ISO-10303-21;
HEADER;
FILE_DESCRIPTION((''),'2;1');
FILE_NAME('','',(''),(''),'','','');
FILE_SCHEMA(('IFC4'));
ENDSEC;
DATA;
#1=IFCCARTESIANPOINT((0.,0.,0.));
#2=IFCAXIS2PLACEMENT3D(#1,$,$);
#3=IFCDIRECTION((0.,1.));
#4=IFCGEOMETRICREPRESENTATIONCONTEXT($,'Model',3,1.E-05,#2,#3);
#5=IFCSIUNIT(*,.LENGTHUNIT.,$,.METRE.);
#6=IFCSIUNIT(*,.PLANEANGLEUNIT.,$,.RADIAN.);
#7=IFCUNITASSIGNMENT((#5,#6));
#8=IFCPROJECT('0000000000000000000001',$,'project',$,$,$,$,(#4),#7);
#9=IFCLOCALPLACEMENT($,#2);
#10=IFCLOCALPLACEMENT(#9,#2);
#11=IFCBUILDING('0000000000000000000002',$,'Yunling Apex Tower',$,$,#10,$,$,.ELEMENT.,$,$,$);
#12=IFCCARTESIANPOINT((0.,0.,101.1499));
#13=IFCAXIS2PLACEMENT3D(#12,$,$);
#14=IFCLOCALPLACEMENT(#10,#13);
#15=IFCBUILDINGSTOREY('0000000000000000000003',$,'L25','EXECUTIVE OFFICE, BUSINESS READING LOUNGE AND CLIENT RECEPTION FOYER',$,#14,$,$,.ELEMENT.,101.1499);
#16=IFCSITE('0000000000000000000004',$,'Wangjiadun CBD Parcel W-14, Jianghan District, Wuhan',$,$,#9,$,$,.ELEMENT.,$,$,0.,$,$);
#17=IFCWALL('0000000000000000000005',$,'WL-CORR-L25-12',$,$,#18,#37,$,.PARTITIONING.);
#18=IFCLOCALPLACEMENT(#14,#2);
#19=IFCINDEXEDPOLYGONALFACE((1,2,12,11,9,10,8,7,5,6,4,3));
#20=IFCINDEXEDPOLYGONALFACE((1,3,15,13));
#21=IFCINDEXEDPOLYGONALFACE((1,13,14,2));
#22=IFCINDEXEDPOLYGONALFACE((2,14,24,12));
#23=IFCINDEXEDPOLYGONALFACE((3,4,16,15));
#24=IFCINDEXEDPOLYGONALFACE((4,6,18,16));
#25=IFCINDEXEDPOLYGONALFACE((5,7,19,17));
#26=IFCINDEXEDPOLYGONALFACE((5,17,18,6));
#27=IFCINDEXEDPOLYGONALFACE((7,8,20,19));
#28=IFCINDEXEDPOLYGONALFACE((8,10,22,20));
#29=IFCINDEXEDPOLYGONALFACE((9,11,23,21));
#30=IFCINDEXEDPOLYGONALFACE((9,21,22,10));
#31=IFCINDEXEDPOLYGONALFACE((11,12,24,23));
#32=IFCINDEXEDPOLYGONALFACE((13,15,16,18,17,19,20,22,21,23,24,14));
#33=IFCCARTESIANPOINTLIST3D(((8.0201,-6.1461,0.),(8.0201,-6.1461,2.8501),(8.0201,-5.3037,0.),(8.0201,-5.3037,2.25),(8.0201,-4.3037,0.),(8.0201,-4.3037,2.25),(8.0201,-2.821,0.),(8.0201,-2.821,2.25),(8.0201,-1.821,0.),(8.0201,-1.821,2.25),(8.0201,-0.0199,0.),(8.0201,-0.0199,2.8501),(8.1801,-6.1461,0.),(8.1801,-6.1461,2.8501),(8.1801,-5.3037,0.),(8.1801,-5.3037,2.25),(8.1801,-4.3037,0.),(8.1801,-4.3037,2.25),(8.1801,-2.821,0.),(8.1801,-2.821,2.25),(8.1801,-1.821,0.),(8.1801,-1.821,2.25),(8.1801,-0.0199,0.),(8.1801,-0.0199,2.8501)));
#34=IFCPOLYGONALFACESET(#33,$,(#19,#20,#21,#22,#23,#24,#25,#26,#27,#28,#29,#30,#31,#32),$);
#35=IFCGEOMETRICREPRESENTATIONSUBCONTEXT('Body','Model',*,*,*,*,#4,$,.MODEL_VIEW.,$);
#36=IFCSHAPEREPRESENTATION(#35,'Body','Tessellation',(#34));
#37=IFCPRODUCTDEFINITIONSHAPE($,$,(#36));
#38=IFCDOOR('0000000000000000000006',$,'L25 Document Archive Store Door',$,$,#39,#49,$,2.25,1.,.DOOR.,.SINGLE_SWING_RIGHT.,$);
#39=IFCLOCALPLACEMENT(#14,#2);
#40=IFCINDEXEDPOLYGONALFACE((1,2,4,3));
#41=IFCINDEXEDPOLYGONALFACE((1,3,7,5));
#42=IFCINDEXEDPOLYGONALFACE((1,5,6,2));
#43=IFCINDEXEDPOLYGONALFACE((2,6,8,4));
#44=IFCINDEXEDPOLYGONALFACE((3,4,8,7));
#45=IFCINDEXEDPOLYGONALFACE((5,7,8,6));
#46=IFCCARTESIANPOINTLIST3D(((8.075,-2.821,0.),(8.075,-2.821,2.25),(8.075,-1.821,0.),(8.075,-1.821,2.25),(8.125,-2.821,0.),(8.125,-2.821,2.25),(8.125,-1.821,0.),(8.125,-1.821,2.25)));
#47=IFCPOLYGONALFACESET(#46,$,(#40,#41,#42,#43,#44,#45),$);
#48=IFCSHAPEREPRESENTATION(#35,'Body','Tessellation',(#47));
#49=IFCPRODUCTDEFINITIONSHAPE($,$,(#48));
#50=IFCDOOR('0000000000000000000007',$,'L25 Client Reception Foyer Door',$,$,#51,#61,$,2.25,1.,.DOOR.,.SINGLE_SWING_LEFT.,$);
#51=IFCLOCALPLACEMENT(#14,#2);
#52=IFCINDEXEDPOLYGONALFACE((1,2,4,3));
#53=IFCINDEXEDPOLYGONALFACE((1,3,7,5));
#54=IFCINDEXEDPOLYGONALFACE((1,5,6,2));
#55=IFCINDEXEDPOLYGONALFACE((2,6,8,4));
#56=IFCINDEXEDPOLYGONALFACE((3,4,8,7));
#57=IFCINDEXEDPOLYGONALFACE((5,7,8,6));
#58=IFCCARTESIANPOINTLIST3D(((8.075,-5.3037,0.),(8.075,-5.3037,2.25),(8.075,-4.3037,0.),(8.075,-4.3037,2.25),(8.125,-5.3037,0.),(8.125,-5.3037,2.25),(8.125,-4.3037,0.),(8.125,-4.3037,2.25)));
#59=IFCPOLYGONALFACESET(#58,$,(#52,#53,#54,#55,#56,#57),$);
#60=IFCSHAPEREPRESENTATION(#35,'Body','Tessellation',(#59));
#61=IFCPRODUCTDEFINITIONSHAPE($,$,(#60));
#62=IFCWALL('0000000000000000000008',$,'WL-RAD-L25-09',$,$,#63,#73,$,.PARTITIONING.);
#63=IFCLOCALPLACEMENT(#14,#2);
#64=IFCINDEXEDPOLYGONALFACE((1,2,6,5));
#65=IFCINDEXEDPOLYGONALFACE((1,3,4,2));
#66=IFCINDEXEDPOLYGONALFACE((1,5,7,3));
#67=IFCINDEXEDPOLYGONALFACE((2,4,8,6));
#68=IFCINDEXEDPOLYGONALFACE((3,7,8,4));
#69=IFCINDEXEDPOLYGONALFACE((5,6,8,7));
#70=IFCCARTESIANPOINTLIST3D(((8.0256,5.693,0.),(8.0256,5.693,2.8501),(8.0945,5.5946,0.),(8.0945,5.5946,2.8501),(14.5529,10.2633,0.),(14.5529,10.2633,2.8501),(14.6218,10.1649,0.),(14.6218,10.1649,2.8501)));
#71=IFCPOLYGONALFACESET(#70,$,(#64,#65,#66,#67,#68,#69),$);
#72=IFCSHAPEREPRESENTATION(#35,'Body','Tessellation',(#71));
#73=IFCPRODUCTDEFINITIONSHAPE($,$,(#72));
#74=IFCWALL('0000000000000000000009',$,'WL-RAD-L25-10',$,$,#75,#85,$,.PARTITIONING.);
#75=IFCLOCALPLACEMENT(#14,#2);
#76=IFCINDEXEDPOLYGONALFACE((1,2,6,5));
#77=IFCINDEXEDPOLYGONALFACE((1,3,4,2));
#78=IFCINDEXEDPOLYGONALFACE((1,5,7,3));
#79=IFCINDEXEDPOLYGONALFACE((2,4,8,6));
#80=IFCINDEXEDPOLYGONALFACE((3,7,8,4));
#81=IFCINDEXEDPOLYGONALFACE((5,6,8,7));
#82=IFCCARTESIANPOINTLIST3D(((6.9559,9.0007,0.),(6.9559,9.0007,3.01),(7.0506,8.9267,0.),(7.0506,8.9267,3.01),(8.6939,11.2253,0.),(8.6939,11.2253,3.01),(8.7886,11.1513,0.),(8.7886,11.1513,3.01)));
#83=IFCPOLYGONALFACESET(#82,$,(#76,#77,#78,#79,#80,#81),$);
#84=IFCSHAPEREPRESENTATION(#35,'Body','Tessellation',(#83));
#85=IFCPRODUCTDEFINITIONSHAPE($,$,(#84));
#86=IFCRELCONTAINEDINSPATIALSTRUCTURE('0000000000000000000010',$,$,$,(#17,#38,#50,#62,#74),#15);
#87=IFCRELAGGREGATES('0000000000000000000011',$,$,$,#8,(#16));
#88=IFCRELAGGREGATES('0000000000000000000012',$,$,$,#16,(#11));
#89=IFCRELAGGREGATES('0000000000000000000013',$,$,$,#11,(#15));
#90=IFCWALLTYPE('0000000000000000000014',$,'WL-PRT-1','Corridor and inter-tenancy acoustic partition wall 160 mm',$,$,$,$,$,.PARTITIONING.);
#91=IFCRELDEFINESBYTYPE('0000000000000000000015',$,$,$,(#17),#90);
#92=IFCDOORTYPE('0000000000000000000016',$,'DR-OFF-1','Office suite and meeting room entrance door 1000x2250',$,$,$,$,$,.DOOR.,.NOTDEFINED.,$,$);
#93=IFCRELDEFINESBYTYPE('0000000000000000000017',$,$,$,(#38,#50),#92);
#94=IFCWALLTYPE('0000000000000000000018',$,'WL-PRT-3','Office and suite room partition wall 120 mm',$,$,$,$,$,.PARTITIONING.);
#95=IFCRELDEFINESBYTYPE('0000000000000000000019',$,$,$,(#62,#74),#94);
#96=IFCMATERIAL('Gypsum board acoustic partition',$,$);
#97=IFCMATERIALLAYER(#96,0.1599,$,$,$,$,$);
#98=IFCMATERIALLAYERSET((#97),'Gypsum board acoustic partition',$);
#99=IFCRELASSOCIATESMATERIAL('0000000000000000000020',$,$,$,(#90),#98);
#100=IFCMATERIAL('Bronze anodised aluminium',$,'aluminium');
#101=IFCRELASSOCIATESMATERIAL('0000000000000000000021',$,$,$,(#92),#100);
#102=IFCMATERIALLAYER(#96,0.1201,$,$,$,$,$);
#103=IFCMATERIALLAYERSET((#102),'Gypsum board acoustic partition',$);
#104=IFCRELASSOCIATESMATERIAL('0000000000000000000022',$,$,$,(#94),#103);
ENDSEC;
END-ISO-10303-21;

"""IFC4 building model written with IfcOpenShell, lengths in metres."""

from ifc_helpers import new_model, si_unit, direction, frame, frame_2d, origin, place, context, subcontext, project, spatial, rectangle, extrude, material, layer, layer_set, type_object, element, fill, save


model = new_model("IFC4")

# Units and contexts
model_context = context("Model", 3, precision=1e-05, world=origin(), true_north=direction((0.0, 1.0)))
body_context = subcontext(model_context, "Body", "Model", "MODEL_VIEW")
ifc_project = project(units=[si_unit("LENGTHUNIT", "METRE"), si_unit("PLANEANGLEUNIT", "RADIAN")], contexts=[model_context])

# Site, building, storey
site_placement = place(None, origin())
site = spatial("IfcSite", under=ifc_project, at=site_placement, Name="Wangjiadun CBD Parcel W-14, Jianghan District, Wuhan", CompositionType="ELEMENT", RefElevation=0.0)
building_placement = place(site_placement, origin())
building = spatial("IfcBuilding", under=site, at=building_placement, Name="Yunling Apex Tower", CompositionType="ELEMENT")
storey_placement = place(building_placement, frame((0.0, 0.0, 101.1499)))
storey = spatial("IfcBuildingStorey", under=building, at=storey_placement, Name="L25", Description="EXECUTIVE OFFICE, BUSINESS READING LOUNGE AND CLIENT RECEPTION FOYER", CompositionType="ELEMENT", Elevation=101.1499)

# Shared definitions
ifc_material_1 = material(Name="Bronze anodised aluminium", Category="aluminium")

# Shared definitions
ifc_material_2 = material(Name="Gypsum board acoustic partition")
ifc_layer_1 = layer(ifc_material_2, 0.1599)
ifc_layer_set_1 = layer_set([ifc_layer_1], Name="Gypsum board acoustic partition")
wall_type_1 = type_object("IfcWallType", Name="WL-PRT-1", Description="Corridor and inter-tenancy acoustic partition wall 160 mm", PredefinedType="PARTITIONING", material=ifc_layer_set_1)

# Shared definitions
door_type = type_object("IfcDoorType", Name="DR-OFF-1", Description="Office suite and meeting room entrance door 1000x2250", OperationType="NOTDEFINED", PredefinedType="DOOR", material=ifc_material_1)

# Wall, openings, doors
wall_1_placement = place(storey_placement, frame((8.1001, -0.02, 0.0), z_axis=(0.0, 0.0, 1.0), x_axis=(0.0, -1.0, 0.0)))
wall_1 = element("IfcWall", 1, at=wall_1_placement, inside=storey, type_object=wall_type_1, Name="WL-CORR-L25-12", PredefinedType="PARTITIONING", context=body_context, shape_type="SweptSolid", body=[
    extrude(rectangle(XDim=6.1262, YDim=0.1599, at=frame_2d((3.063, 0.0))), origin(), (0.0, 0.0, 1.0), 2.8501),
])
opening_1_placement = place(wall_1_placement, frame((1.801, 0.0, 0.0)))
opening_1 = element("IfcOpeningElement", 2, at=opening_1_placement, cuts=wall_1, PredefinedType="OPENING", context=body_context, shape_type="SweptSolid", body=[
    extrude(rectangle(XDim=1.0, YDim=2.25, at=frame_2d((0.5, 1.125))), frame((0.0, 0.0898, 0.0), z_axis=(0.0, -1.0, 0.0), x_axis=(1.0, 0.0, 0.0)), (0.0, 0.0, 1.0), 0.1799),
])
opening_2_placement = place(wall_1_placement, frame((4.2837, 0.0, 0.0)))
opening_2 = element("IfcOpeningElement", 3, at=opening_2_placement, cuts=wall_1, PredefinedType="OPENING", context=body_context, shape_type="SweptSolid", body=[
    extrude(rectangle(XDim=1.0, YDim=2.25, at=frame_2d((0.5, 1.125))), frame((0.0, 0.0898, 0.0), z_axis=(0.0, -1.0, 0.0), x_axis=(1.0, 0.0, 0.0)), (0.0, 0.0, 1.0), 0.1799),
])
door_1_placement = place(opening_1_placement, origin())
door_1 = element("IfcDoor", 4, at=door_1_placement, inside=storey, type_object=door_type, Name="L25 Document Archive Store Door", OperationType="SINGLE_SWING_RIGHT", OverallHeight=2.25, OverallWidth=1.0, PredefinedType="DOOR", context=body_context, shape_type="SweptSolid", body=[
    extrude(rectangle(XDim=1.0, YDim=2.25, at=frame_2d((0.5, 1.125))), frame((0.0, 0.0249, 0.0), z_axis=(0.0, -1.0, 0.0), x_axis=(1.0, 0.0, 0.0)), (0.0, 0.0, 1.0), 0.05),
])
fill(opening_1, door_1)
door_2_placement = place(opening_2_placement, origin())
door_2 = element("IfcDoor", 5, at=door_2_placement, inside=storey, type_object=door_type, Name="L25 Client Reception Foyer Door", OperationType="SINGLE_SWING_LEFT", OverallHeight=2.25, OverallWidth=1.0, PredefinedType="DOOR", context=body_context, shape_type="SweptSolid", body=[
    extrude(rectangle(XDim=1.0, YDim=2.25, at=frame_2d((0.5, 1.125))), frame((0.0, 0.0249, 0.0), z_axis=(0.0, -1.0, 0.0), x_axis=(1.0, 0.0, 0.0)), (0.0, 0.0, 1.0), 0.05),
])
fill(opening_2, door_2)

# Walls
ifc_layer_2 = layer(ifc_material_2, 0.1201)
ifc_layer_set_2 = layer_set([ifc_layer_2], Name="Gypsum board acoustic partition")
wall_type_2 = type_object("IfcWallType", Name="WL-PRT-3", Description="Office and suite room partition wall 120 mm", PredefinedType="PARTITIONING", material=ifc_layer_set_2)
wall_2_placement = place(storey_placement, frame((8.0601, 5.6438, 0.0), z_axis=(0.0, 0.0, 1.0), x_axis=(0.819163, 0.573561, 0.0)))
element("IfcWall", 6, at=wall_2_placement, inside=storey, type_object=wall_type_2, Name="WL-RAD-L25-09", PredefinedType="PARTITIONING", context=body_context, shape_type="SweptSolid", body=[
    extrude(rectangle(XDim=7.9683, YDim=0.1201, at=frame_2d((3.9841, 0.0))), origin(), (0.0, 0.0, 1.0), 2.8501),
])
wall_3_placement = place(storey_placement, frame((7.0032, 8.9636, 0.0), z_axis=(0.0, 0.0, 1.0), x_axis=(0.615657, 0.788014, 0.0)))
element("IfcWall", 7, at=wall_3_placement, inside=storey, type_object=wall_type_2, Name="WL-RAD-L25-10", PredefinedType="PARTITIONING", context=body_context, shape_type="SweptSolid", body=[
    extrude(rectangle(XDim=2.823, YDim=0.1201, at=frame_2d((1.4116, 0.0))), origin(), (0.0, 0.0, 1.0), 3.01),
])

save(model, "model.ifc")
